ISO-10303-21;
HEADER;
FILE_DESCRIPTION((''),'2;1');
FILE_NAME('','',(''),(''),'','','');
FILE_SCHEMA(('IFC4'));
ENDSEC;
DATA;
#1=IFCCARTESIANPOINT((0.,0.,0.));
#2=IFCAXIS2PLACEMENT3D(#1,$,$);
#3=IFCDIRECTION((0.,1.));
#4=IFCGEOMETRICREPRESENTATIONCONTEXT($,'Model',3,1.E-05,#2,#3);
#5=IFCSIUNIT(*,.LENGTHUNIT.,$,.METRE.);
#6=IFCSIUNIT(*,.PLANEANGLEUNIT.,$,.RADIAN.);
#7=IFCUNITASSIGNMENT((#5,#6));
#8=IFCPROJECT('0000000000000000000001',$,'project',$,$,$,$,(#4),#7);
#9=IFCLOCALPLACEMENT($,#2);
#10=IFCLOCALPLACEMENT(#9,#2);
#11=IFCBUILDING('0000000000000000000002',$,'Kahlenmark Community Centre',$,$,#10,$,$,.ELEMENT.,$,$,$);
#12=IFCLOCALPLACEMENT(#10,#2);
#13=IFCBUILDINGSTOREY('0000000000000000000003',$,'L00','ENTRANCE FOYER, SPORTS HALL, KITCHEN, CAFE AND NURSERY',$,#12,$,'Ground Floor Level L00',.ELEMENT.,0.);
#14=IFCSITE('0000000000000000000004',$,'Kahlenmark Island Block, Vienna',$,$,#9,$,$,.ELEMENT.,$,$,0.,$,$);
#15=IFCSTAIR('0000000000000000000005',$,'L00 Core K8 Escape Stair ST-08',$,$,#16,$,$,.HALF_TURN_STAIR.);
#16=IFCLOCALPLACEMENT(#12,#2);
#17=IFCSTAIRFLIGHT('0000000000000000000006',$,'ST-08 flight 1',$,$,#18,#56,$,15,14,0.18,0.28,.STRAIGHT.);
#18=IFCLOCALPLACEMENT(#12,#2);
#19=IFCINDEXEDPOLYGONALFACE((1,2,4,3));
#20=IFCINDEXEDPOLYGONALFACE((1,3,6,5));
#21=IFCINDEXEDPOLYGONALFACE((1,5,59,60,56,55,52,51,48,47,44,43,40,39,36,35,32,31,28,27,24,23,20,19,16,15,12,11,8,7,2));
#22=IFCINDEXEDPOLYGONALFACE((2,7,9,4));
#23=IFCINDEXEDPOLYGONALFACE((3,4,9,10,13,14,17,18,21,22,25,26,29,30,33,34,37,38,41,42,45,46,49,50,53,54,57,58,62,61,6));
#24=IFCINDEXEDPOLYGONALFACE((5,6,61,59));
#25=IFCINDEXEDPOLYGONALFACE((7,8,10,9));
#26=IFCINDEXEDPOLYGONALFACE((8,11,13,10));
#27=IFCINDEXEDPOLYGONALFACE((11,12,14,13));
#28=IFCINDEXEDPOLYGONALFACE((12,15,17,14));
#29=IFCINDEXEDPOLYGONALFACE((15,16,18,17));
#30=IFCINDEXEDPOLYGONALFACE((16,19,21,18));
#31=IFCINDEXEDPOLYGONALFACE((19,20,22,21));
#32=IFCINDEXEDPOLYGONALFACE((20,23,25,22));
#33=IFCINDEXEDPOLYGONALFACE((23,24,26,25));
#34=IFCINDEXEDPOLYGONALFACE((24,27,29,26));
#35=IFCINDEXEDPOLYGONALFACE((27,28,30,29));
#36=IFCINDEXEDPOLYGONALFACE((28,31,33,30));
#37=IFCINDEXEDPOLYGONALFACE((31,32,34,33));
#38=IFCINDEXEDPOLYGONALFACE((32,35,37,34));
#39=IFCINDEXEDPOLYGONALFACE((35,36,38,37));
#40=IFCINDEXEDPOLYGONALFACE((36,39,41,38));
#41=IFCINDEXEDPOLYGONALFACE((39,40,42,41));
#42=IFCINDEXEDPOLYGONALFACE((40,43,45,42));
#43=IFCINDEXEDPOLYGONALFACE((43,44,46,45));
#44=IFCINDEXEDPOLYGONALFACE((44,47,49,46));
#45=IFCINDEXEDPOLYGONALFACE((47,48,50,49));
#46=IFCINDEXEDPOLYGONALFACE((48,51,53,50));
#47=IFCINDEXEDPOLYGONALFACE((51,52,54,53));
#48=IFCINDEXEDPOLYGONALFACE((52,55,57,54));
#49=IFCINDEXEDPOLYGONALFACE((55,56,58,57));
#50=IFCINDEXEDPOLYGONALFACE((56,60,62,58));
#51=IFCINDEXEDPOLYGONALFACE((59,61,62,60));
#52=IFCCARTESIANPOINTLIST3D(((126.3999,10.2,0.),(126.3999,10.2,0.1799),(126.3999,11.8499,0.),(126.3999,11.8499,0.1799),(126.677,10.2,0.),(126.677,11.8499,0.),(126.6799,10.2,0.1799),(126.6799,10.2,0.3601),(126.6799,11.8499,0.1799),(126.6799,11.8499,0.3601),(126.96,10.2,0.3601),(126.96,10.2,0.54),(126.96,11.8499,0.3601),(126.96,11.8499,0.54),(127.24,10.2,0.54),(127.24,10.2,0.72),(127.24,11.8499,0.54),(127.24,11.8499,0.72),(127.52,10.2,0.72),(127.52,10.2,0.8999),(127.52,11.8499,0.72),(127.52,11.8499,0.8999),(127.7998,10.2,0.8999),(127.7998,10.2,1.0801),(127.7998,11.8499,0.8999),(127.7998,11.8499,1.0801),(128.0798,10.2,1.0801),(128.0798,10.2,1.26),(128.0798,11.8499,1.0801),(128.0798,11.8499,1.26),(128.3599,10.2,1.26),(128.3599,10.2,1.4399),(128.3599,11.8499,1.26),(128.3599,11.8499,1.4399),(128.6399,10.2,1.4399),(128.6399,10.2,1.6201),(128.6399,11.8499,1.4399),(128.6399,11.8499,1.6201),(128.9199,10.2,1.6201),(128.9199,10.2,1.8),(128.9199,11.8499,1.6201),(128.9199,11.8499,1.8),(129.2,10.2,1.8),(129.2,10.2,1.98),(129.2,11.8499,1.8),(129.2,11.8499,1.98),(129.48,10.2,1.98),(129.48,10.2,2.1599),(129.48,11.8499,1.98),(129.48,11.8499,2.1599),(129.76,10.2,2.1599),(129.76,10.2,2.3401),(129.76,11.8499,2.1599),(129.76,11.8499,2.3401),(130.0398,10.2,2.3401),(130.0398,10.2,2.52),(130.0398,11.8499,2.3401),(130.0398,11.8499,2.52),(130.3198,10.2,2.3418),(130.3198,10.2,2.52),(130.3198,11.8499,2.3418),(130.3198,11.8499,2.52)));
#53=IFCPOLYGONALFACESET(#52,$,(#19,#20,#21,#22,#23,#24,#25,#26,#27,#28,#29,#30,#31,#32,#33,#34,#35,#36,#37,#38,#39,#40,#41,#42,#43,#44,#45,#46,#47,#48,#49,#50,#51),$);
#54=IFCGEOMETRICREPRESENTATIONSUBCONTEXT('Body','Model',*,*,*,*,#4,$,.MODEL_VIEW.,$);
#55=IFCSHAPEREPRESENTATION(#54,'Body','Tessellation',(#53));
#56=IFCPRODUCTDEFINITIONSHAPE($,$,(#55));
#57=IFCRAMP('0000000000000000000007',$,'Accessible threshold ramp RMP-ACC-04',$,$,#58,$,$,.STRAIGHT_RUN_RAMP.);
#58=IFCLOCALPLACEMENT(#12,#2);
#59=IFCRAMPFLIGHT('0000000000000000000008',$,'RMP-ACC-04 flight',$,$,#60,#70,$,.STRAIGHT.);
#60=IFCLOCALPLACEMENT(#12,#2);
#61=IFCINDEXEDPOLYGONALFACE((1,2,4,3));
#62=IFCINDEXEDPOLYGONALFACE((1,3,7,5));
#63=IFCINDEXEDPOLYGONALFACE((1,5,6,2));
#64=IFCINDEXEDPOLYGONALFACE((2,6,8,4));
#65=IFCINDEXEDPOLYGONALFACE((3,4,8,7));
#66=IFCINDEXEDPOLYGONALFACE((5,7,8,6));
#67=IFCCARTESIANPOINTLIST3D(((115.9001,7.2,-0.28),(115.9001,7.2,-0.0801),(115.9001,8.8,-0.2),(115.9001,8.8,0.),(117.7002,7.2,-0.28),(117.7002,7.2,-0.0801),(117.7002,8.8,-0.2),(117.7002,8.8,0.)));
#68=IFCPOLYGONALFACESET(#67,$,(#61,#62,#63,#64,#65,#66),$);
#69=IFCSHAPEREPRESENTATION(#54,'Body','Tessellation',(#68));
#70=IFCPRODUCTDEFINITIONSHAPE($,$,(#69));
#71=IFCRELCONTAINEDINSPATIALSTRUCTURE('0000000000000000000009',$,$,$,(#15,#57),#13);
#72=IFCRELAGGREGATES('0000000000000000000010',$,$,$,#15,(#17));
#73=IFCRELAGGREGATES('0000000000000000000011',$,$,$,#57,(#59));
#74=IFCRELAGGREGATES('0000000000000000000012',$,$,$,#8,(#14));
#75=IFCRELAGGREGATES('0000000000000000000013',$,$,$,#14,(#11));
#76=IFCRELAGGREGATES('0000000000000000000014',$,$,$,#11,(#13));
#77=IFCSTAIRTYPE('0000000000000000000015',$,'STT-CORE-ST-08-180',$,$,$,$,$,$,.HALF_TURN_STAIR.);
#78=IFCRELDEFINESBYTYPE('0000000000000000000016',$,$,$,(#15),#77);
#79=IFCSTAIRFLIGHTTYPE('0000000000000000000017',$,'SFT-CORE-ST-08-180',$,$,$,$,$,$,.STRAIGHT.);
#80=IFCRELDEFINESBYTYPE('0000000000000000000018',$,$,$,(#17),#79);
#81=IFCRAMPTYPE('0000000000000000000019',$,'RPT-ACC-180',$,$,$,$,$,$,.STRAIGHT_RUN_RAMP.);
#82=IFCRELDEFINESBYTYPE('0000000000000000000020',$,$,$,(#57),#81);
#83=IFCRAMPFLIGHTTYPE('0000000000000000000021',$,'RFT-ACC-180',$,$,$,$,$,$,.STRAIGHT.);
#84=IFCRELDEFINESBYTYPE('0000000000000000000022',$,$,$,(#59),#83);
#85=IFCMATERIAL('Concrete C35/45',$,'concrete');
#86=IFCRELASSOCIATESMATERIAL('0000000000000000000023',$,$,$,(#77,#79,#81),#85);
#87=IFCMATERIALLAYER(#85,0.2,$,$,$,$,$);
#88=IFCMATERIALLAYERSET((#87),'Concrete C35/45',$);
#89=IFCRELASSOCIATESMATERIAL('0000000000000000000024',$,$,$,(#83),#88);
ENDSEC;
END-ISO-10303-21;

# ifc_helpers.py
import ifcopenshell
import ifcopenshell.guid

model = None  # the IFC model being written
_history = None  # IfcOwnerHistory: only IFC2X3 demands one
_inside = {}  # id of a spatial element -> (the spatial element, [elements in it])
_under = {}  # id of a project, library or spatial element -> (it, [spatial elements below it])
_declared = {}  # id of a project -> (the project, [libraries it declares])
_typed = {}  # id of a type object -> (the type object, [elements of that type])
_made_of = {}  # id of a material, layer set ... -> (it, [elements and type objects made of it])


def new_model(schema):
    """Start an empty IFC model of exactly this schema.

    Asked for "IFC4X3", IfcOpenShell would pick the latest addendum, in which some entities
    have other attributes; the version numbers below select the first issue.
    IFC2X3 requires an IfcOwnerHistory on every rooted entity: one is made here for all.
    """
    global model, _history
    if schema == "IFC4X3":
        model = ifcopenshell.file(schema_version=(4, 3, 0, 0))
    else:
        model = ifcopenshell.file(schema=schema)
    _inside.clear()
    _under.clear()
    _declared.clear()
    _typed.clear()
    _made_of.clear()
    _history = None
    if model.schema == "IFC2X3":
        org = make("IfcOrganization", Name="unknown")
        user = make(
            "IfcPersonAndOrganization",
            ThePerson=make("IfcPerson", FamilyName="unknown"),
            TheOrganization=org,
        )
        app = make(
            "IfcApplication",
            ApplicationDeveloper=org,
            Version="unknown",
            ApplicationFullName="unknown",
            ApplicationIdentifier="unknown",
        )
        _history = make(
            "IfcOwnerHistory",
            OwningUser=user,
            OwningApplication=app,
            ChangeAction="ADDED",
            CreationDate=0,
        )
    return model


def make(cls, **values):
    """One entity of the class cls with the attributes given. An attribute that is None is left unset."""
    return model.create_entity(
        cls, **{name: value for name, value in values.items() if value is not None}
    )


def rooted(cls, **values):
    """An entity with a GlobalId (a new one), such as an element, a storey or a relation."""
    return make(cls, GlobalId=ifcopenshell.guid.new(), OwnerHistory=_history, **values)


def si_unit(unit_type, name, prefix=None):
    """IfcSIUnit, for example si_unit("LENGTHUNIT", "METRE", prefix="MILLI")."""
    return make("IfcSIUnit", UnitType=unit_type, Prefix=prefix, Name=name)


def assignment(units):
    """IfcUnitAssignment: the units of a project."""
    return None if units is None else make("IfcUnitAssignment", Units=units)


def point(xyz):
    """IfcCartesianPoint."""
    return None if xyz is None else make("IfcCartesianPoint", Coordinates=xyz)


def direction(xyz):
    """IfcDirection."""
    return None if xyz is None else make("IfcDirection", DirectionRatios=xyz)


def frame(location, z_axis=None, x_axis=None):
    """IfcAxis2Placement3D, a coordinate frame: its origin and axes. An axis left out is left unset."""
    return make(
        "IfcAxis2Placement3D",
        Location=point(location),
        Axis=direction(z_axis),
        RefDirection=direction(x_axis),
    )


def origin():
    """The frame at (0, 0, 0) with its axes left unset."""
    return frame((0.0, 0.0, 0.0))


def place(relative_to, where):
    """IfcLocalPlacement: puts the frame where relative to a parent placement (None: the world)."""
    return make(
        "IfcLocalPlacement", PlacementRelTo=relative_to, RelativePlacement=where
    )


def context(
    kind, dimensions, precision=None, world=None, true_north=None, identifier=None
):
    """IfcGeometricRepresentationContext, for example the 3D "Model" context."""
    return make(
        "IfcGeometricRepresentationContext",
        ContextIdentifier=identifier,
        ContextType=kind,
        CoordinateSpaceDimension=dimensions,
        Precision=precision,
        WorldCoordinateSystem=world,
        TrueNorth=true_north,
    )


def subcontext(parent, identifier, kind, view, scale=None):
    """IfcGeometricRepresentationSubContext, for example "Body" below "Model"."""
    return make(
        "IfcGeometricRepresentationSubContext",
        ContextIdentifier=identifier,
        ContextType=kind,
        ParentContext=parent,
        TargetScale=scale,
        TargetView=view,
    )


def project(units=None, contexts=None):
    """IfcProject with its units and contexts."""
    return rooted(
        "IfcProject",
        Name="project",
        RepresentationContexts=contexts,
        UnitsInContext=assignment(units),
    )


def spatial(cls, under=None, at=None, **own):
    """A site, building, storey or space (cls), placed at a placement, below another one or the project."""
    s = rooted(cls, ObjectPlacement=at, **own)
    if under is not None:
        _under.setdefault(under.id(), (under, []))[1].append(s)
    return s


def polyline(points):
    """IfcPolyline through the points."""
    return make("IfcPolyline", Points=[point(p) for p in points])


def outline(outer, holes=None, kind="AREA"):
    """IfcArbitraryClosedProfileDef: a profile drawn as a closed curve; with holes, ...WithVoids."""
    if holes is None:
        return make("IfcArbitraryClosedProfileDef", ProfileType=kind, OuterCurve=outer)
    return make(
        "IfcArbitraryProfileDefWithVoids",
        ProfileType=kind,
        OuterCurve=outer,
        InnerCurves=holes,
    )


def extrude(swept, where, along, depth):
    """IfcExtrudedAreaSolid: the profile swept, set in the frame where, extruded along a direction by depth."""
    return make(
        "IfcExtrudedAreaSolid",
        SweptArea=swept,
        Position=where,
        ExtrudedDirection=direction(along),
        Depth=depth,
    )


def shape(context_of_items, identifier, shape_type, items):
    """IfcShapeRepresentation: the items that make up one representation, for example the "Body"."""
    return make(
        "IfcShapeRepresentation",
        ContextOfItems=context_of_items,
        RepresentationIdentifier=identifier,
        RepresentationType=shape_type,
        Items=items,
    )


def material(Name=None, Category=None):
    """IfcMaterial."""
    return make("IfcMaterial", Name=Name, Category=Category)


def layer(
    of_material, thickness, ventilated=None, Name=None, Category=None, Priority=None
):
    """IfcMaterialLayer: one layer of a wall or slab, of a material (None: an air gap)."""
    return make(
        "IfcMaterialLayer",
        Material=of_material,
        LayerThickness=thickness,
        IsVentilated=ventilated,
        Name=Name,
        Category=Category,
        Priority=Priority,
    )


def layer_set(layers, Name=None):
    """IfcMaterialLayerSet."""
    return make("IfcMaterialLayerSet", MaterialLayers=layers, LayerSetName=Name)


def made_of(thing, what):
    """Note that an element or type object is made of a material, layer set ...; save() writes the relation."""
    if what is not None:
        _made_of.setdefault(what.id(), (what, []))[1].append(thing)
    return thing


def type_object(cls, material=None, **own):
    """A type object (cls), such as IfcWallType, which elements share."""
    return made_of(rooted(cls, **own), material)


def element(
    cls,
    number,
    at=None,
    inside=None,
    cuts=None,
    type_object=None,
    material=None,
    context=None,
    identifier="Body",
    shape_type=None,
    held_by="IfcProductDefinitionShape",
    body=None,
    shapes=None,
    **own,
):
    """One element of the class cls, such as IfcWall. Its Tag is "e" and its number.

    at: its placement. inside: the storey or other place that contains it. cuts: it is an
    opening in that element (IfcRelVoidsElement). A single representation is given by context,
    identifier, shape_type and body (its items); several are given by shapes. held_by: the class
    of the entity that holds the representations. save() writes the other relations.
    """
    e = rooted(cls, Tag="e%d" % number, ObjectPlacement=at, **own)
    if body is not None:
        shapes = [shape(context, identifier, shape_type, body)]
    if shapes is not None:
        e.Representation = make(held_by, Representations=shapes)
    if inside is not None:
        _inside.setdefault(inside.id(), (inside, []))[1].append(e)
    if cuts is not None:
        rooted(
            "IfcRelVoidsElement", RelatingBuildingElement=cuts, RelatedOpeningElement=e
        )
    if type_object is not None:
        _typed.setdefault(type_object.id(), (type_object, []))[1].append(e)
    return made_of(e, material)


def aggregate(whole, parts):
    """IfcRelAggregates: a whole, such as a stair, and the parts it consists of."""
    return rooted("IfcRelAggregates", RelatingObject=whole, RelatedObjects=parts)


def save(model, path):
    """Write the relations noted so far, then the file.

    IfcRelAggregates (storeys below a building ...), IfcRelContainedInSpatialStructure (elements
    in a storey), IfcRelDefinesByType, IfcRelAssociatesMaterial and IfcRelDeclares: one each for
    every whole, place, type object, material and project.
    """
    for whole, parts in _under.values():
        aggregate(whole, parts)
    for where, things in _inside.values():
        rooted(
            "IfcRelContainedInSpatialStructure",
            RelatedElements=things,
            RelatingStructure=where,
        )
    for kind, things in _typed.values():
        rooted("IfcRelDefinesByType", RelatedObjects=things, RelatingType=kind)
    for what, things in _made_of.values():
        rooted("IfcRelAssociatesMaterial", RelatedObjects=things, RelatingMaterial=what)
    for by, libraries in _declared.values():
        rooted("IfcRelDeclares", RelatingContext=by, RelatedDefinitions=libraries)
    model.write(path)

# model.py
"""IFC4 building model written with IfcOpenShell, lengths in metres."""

from ifc_helpers import new_model, si_unit, direction, frame, origin, place, context, subcontext, project, spatial, polyline, outline, extrude, material, layer, layer_set, type_object, element, aggregate, save


model = new_model("IFC4")

# Units and contexts
model_context = context("Model", 3, precision=1e-05, world=origin(), true_north=direction((0.0, 1.0)))
body_context = subcontext(model_context, "Body", "Model", "MODEL_VIEW")
ifc_project = project(units=[si_unit("LENGTHUNIT", "METRE"), si_unit("PLANEANGLEUNIT", "RADIAN")], contexts=[model_context])

# Site, building, storey
site_placement = place(None, origin())
site = spatial("IfcSite", under=ifc_project, at=site_placement, Name="Kahlenmark Island Block, Vienna", CompositionType="ELEMENT", RefElevation=0.0)
building_placement = place(site_placement, origin())
building = spatial("IfcBuilding", under=site, at=building_placement, Name="Kahlenmark Community Centre", CompositionType="ELEMENT")
storey_placement = place(building_placement, origin())
storey = spatial("IfcBuildingStorey", under=building, at=storey_placement, Name="L00", Description="ENTRANCE FOYER, SPORTS HALL, KITCHEN, CAFE AND NURSERY", LongName="Ground Floor Level L00", CompositionType="ELEMENT", Elevation=0.0)

# Shared definitions
ifc_material_1 = material(Name="Concrete C35/45", Category="concrete")

# Stair, stair flight
stair_type = type_object("IfcStairType", Name="STT-CORE-ST-08-180", PredefinedType="HALF_TURN_STAIR", material=ifc_material_1)
stair_placement = place(storey_placement, origin())
stair = element("IfcStair", 1, at=stair_placement, inside=storey, type_object=stair_type, Name="L00 Core K8 Escape Stair ST-08", PredefinedType="HALF_TURN_STAIR")
stair_flight_type = type_object("IfcStairFlightType", Name="SFT-CORE-ST-08-180", PredefinedType="STRAIGHT", material=ifc_material_1)
stair_flight_placement = place(storey_placement, frame((126.3999, 11.0249, 0.0), z_axis=(0.0, 0.0, 1.0), x_axis=(1.0, 0.0, 0.0)))
stair_flight = element("IfcStairFlight", 2, at=stair_flight_placement, type_object=stair_flight_type, Name="ST-08 flight 1", NumberOfRisers=15, NumberOfTreads=14, PredefinedType="STRAIGHT", RiserHeight=0.18, TreadLength=0.28, context=body_context, shape_type="SweptSolid", body=[
    extrude(outline(polyline([(0.0, 0.0), (0.0, 0.1799), (0.28, 0.1799), (0.28, 0.3601), (0.5601, 0.3601), (0.5601, 0.54), (0.8401, 0.54), (0.8401, 0.72), (1.1201, 0.72), (1.1201, 0.8999), (1.3999, 0.8999), (1.3999, 1.0801), (1.6799, 1.0801), (1.6799, 1.26), (1.96, 1.26), (1.96, 1.4399), (2.24, 1.4399), (2.24, 1.6201), (2.52, 1.6201), (2.52, 1.8), (2.8, 1.8), (2.8, 1.98), (3.0801, 1.98), (3.0801, 2.1599), (3.3601, 2.1599), (3.3601, 2.3401), (3.6399, 2.3401), (3.6399, 2.52), (3.9199, 2.52), (3.9199, 2.7), (3.9199, 2.3418), (0.2771, 0.0), (0.0, 0.0)])), frame((0.0, 0.825, 0.0), z_axis=(0.0, -1.0, 0.0), x_axis=(1.0, 0.0, 0.0)), (0.0, 0.0, 1.0), 1.6499),
])
aggregate(stair, [stair_flight])

# Ramp, ramp flight
ramp_type = type_object("IfcRampType", Name="RPT-ACC-180", PredefinedType="STRAIGHT_RUN_RAMP", material=ifc_material_1)
ramp_placement = place(storey_placement, origin())
ramp = element("IfcRamp", 3, at=ramp_placement, inside=storey, type_object=ramp_type, Name="Accessible threshold ramp RMP-ACC-04", PredefinedType="STRAIGHT_RUN_RAMP")
ifc_layer_1 = layer(ifc_material_1, 0.2)
ifc_layer_set_1 = layer_set([ifc_layer_1], Name="Concrete C35/45")
ramp_flight_type = type_object("IfcRampFlightType", Name="RFT-ACC-180", PredefinedType="STRAIGHT", material=ifc_layer_set_1)
ramp_flight_placement = place(storey_placement, frame((116.8, 7.2, -0.0801), z_axis=(0.0, 0.0, 1.0), x_axis=(0.0, 1.0, 0.0)))
ramp_flight = element("IfcRampFlight", 4, at=ramp_flight_placement, type_object=ramp_flight_type, Name="RMP-ACC-04 flight", PredefinedType="STRAIGHT", context=body_context, shape_type="SweptSolid", body=[
    extrude(outline(polyline([(0.0, 0.0), (1.6001, 0.0801), (1.6001, -0.1199), (0.0, -0.2), (0.0, 0.0)])), frame((0.0, 0.8999, 0.0), z_axis=(0.0, -1.0, 0.0), x_axis=(1.0, 0.0, 0.0)), (0.0, 0.0, 1.0), 1.8),
])
aggregate(ramp, [ramp_flight])

save(model, "model.ifc")
